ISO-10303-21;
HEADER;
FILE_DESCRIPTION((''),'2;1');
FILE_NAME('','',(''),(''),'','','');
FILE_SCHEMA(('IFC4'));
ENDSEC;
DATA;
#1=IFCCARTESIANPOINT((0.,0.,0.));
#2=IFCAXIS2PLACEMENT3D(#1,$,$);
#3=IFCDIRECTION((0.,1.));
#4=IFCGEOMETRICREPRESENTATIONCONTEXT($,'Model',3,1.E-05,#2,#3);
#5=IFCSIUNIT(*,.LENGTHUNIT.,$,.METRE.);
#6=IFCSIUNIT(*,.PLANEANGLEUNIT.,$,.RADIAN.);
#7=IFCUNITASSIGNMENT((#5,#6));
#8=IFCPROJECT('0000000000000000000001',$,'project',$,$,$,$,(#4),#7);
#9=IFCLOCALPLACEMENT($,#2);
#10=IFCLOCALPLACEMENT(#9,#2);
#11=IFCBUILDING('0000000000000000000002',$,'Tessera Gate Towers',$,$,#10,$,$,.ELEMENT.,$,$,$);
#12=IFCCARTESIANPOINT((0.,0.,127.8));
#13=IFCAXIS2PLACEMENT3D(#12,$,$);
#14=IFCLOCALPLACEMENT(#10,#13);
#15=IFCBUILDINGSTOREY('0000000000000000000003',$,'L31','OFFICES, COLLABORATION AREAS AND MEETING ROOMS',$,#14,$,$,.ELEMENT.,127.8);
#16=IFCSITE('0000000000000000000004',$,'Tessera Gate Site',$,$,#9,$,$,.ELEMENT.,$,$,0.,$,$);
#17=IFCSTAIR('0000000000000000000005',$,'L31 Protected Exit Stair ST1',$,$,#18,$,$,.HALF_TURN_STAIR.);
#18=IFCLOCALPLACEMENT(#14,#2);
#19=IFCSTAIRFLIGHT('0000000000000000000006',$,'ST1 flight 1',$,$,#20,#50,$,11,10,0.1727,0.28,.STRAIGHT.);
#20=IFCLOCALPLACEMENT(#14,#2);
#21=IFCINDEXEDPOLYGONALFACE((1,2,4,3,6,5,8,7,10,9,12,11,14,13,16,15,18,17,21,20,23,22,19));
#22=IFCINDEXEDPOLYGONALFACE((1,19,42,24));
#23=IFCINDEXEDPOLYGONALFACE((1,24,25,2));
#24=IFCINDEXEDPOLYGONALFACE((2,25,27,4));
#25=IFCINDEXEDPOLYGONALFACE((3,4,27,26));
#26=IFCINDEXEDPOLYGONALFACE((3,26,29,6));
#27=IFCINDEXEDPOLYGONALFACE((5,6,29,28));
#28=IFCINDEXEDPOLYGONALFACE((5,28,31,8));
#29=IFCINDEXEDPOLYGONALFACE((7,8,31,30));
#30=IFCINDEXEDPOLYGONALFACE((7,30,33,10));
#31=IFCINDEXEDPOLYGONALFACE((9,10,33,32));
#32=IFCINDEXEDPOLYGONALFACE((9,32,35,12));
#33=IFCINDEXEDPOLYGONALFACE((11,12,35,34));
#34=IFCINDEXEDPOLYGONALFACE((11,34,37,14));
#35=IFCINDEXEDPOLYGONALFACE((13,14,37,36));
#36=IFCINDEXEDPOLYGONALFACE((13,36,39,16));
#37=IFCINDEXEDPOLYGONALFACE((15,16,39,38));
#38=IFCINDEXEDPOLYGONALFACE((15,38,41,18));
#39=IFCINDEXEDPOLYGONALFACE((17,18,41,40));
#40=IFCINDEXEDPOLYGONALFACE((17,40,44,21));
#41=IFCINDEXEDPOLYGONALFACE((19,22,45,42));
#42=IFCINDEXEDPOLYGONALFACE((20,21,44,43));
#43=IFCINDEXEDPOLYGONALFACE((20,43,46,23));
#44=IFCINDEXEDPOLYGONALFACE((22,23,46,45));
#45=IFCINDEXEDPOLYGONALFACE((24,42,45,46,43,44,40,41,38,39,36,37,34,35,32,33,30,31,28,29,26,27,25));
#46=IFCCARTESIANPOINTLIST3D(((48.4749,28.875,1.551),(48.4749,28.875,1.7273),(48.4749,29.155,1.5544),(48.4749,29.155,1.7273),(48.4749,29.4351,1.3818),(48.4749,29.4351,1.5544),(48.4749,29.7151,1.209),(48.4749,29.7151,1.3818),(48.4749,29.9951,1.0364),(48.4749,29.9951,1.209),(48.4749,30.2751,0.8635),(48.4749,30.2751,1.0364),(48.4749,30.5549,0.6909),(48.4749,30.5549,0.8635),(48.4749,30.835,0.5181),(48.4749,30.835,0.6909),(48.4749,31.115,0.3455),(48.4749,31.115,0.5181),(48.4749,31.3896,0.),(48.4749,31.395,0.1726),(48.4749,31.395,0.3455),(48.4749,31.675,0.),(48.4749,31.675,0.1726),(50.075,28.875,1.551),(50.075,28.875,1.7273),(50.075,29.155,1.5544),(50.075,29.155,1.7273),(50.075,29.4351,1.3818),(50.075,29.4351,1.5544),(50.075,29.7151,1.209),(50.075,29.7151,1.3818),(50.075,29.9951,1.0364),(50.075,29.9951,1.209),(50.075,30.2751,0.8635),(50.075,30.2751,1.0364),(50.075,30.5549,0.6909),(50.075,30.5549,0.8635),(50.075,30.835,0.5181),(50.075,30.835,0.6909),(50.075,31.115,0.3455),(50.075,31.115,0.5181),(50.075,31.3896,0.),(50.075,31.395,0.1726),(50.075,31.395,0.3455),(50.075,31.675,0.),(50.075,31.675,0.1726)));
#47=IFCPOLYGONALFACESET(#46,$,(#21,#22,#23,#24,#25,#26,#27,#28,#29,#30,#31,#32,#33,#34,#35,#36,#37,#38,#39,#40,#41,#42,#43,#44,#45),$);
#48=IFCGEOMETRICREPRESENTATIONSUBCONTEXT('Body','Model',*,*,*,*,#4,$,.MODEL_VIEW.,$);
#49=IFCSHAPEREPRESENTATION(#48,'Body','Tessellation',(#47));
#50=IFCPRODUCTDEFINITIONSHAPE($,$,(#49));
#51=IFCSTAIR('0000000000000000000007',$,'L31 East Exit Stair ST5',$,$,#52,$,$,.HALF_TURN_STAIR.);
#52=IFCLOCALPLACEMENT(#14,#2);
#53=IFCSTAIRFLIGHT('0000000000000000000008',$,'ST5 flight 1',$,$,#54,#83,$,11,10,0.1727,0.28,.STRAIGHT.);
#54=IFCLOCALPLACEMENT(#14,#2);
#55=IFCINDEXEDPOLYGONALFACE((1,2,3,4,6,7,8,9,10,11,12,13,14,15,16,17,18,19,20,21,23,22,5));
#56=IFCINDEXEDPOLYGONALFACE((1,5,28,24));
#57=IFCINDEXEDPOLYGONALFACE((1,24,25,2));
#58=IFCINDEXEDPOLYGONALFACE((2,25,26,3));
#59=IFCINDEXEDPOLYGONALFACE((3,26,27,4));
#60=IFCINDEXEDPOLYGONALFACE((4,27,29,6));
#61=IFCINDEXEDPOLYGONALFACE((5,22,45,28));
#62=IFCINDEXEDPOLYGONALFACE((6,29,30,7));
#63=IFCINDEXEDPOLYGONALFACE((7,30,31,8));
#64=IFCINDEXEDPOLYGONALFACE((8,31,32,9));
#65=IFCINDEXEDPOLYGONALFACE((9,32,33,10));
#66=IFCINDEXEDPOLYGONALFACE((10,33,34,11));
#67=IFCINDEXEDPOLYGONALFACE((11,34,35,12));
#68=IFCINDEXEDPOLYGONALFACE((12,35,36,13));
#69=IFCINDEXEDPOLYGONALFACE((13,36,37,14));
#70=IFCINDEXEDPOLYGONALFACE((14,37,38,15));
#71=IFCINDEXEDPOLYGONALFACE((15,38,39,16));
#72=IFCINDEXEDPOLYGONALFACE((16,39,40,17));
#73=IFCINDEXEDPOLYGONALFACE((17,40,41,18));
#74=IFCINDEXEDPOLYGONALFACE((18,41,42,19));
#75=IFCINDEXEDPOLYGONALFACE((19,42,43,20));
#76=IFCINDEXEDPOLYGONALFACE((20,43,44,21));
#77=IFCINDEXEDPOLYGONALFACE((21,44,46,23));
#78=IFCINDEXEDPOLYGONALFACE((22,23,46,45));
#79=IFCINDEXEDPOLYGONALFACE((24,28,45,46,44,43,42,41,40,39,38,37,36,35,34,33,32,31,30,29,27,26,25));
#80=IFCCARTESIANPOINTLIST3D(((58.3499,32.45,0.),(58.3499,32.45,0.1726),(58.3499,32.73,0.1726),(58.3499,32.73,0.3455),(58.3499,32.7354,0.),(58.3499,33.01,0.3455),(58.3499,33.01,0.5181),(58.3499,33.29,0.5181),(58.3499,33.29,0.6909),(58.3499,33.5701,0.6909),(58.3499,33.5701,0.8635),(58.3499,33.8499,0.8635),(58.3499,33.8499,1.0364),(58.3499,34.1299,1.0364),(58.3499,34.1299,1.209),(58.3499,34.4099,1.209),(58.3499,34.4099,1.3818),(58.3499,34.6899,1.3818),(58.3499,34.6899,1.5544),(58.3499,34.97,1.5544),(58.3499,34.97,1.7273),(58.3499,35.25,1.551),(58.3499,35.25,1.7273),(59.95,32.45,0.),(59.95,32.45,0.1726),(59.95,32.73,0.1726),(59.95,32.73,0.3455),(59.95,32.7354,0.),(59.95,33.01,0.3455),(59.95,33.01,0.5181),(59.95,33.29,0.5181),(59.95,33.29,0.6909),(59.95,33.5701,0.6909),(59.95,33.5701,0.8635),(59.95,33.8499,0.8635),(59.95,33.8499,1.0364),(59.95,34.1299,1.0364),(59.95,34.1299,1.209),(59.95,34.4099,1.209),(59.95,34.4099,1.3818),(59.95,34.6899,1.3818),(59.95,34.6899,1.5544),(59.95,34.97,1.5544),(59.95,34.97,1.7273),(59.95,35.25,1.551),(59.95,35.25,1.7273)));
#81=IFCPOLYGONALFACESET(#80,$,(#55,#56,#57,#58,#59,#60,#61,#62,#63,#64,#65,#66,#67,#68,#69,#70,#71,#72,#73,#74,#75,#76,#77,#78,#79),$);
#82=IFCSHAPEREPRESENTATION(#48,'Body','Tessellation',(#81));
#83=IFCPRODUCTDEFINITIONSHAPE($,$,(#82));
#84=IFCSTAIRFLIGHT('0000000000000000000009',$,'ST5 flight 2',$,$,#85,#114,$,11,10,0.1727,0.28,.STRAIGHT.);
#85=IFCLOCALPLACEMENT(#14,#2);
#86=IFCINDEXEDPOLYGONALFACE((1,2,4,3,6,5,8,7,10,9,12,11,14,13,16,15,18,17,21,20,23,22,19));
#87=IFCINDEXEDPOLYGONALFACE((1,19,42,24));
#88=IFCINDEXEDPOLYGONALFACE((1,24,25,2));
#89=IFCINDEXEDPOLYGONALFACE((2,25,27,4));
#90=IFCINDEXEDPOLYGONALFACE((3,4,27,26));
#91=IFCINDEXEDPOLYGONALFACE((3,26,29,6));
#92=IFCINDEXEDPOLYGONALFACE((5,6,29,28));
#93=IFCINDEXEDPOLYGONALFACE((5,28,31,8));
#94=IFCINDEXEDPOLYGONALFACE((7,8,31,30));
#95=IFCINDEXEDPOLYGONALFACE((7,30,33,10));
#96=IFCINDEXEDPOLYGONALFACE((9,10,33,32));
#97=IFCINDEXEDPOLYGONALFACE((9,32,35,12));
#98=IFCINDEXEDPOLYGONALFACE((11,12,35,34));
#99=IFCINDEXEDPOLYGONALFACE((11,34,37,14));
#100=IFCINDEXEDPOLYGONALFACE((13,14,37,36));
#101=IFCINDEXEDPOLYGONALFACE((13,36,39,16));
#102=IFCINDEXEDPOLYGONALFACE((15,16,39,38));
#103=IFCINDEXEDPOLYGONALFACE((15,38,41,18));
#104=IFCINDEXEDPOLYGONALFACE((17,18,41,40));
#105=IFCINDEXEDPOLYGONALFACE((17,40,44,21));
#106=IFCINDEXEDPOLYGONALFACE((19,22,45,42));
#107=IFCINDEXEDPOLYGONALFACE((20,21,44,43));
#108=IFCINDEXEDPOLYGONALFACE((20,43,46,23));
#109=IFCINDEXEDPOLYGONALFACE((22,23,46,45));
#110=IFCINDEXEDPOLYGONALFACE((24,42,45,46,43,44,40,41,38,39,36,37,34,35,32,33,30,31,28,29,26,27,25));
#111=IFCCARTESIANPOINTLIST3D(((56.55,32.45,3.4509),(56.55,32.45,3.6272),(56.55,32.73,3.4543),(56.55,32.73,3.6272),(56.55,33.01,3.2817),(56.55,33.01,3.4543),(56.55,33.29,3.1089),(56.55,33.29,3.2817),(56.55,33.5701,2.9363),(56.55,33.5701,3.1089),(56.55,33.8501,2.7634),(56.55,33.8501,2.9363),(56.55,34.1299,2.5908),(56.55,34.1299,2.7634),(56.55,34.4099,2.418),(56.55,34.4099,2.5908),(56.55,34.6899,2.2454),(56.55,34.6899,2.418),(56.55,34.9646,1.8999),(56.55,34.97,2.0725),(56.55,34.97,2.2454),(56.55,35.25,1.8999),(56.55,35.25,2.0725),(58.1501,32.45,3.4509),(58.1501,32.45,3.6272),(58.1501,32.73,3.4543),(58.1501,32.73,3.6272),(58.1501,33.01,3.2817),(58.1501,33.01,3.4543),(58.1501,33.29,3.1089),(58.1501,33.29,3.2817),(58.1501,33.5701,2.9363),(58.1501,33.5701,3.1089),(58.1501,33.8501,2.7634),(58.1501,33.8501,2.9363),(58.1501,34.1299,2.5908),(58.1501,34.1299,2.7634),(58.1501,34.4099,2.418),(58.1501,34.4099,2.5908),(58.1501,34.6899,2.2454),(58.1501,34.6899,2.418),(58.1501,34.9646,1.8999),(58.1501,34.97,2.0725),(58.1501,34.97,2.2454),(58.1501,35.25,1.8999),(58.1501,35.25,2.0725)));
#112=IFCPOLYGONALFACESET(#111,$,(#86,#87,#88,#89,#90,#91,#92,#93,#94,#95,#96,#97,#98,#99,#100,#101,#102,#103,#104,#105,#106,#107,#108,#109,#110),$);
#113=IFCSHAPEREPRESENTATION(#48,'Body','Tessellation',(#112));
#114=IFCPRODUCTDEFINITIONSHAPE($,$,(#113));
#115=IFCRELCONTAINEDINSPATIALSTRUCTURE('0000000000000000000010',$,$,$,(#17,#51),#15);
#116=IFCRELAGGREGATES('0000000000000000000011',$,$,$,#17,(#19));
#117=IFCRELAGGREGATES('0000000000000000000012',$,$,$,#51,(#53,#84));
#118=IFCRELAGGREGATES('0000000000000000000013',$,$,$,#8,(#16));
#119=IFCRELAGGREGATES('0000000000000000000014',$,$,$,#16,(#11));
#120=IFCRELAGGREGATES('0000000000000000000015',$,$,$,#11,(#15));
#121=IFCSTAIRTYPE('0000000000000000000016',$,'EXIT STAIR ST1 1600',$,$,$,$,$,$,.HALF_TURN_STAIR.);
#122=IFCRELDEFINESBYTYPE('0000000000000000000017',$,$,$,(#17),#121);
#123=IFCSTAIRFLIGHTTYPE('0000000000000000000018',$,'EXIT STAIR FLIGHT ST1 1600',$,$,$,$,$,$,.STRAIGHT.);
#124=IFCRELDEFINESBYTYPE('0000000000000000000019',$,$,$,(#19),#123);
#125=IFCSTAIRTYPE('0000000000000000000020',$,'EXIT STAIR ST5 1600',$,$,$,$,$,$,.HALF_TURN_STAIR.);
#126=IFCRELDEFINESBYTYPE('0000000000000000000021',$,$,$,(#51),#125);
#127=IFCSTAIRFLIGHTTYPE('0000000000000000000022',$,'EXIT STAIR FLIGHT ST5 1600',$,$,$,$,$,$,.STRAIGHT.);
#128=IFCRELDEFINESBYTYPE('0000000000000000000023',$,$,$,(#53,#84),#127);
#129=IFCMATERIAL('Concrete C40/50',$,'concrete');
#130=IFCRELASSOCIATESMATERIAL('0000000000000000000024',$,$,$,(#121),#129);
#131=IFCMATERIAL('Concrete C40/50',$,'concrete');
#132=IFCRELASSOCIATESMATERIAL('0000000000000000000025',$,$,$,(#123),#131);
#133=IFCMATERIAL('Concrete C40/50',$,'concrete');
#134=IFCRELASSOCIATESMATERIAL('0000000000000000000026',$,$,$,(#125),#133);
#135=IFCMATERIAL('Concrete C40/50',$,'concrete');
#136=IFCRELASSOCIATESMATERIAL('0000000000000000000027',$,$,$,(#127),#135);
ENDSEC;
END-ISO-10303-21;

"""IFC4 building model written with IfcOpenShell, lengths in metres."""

from ifc_helpers import new_model, si_unit, direction, frame, origin, place, context, subcontext, project, spatial, polyline, outline, extrude, material, type_object, element, aggregate, save


model = new_model("IFC4")

# Units and contexts
model_context = context("Model", 3, precision=1e-05, world=origin(), true_north=direction((0.0, 1.0)))
body_context = subcontext(model_context, "Body", "Model", "MODEL_VIEW")
ifc_project = project(units=[si_unit("LENGTHUNIT", "METRE"), si_unit("PLANEANGLEUNIT", "RADIAN")], contexts=[model_context])

# Site, building, storey
site_placement = place(None, origin())
site = spatial("IfcSite", under=ifc_project, at=site_placement, Name="Tessera Gate Site", CompositionType="ELEMENT", RefElevation=0.0)
building_placement = place(site_placement, origin())
building = spatial("IfcBuilding", under=site, at=building_placement, Name="Tessera Gate Towers", CompositionType="ELEMENT")
storey_placement = place(building_placement, frame((0.0, 0.0, 127.8)))
storey = spatial("IfcBuildingStorey", under=building, at=storey_placement, Name="L31", Description="OFFICES, COLLABORATION AREAS AND MEETING ROOMS", CompositionType="ELEMENT", Elevation=127.8)

# Stair, stair flight
ifc_material_1 = material(Name="Concrete C40/50", Category="concrete")
stair_type_1 = type_object("IfcStairType", Name="EXIT STAIR ST1 1600", PredefinedType="HALF_TURN_STAIR", material=ifc_material_1)
stair_1_placement = place(storey_placement, origin())
stair_1 = element("IfcStair", 1, at=stair_1_placement, inside=storey, type_object=stair_type_1, Name="L31 Protected Exit Stair ST1", PredefinedType="HALF_TURN_STAIR")
ifc_material_2 = material(Name="Concrete C40/50", Category="concrete")
stair_flight_type_1 = type_object("IfcStairFlightType", Name="EXIT STAIR FLIGHT ST1 1600", PredefinedType="STRAIGHT", material=ifc_material_2)
stair_flight_1_placement = place(storey_placement, frame((49.2749, 31.675, 0.0), z_axis=(0.0, 0.0, 1.0), x_axis=(0.0, -1.0, 0.0)))
stair_flight_1 = element("IfcStairFlight", 2, at=stair_flight_1_placement, type_object=stair_flight_type_1, Name="ST1 flight 1", NumberOfRisers=11, NumberOfTreads=10, PredefinedType="STRAIGHT", RiserHeight=0.1727, TreadLength=0.28, context=body_context, shape_type="SweptSolid", body=[
    extrude(outline(polyline([(0.0, 0.0), (0.0, 0.1726), (0.28, 0.1726), (0.28, 0.3455), (0.5601, 0.3455), (0.5601, 0.5181), (0.8401, 0.5181), (0.8401, 0.6909), (1.1201, 0.6909), (1.1201, 0.8635), (1.3999, 0.8635), (1.3999, 1.0364), (1.6799, 1.0364), (1.6799, 1.209), (1.96, 1.209), (1.96, 1.3818), (2.24, 1.3818), (2.24, 1.5544), (2.52, 1.5544), (2.52, 1.7273), (2.8, 1.7273), (2.8, 1.8999), (2.8, 1.551), (0.2854, 0.0), (0.0, 0.0)])), frame((0.0, 0.8, 0.0), z_axis=(0.0, -1.0, 0.0), x_axis=(1.0, 0.0, 0.0)), (0.0, 0.0, 1.0), 1.6001),
])
aggregate(stair_1, [stair_flight_1])

# Stair, stair flights
ifc_material_3 = material(Name="Concrete C40/50", Category="concrete")
stair_type_2 = type_object("IfcStairType", Name="EXIT STAIR ST5 1600", PredefinedType="HALF_TURN_STAIR", material=ifc_material_3)
stair_2_placement = place(storey_placement, origin())
stair_2 = element("IfcStair", 3, at=stair_2_placement, inside=storey, type_object=stair_type_2, Name="L31 East Exit Stair ST5", PredefinedType="HALF_TURN_STAIR")
ifc_material_4 = material(Name="Concrete C40/50", Category="concrete")
stair_flight_type_2 = type_object("IfcStairFlightType", Name="EXIT STAIR FLIGHT ST5 1600", PredefinedType="STRAIGHT", material=ifc_material_4)
stair_flight_2_placement = place(storey_placement, frame((59.1499, 32.45, 0.0), z_axis=(0.0, 0.0, 1.0), x_axis=(0.0, 1.0, 0.0)))
stair_flight_2 = element("IfcStairFlight", 4, at=stair_flight_2_placement, type_object=stair_flight_type_2, Name="ST5 flight 1", NumberOfRisers=11, NumberOfTreads=10, PredefinedType="STRAIGHT", RiserHeight=0.1727, TreadLength=0.28, context=body_context, shape_type="SweptSolid", body=[
    extrude(outline(polyline([(0.0, 0.0), (0.0, 0.1726), (0.28, 0.1726), (0.28, 0.3455), (0.5601, 0.3455), (0.5601, 0.5181), (0.8401, 0.5181), (0.8401, 0.6909), (1.1201, 0.6909), (1.1201, 0.8635), (1.3999, 0.8635), (1.3999, 1.0364), (1.6799, 1.0364), (1.6799, 1.209), (1.96, 1.209), (1.96, 1.3818), (2.24, 1.3818), (2.24, 1.5544), (2.52, 1.5544), (2.52, 1.7273), (2.8, 1.7273), (2.8, 1.8999), (2.8, 1.551), (0.2854, 0.0), (0.0, 0.0)])), frame((0.0, 0.8, 0.0), z_axis=(0.0, -1.0, 0.0), x_axis=(1.0, 0.0, 0.0)), (0.0, 0.0, 1.0), 1.6001),
])
stair_flight_3_placement = place(storey_placement, frame((57.3501, 35.25, 1.8999), z_axis=(0.0, 0.0, 1.0), x_axis=(0.0, -1.0, 0.0)))
stair_flight_3 = element("IfcStairFlight", 5, at=stair_flight_3_placement, type_object=stair_flight_type_2, Name="ST5 flight 2", NumberOfRisers=11, NumberOfTreads=10, PredefinedType="STRAIGHT", RiserHeight=0.1727, TreadLength=0.28, context=body_context, shape_type="SweptSolid", body=[
    extrude(outline(polyline([(0.0, 0.0), (0.0, 0.1726), (0.28, 0.1726), (0.28, 0.3455), (0.5601, 0.3455), (0.5601, 0.5181), (0.8401, 0.5181), (0.8401, 0.6909), (1.1201, 0.6909), (1.1201, 0.8635), (1.3999, 0.8635), (1.3999, 1.0364), (1.6799, 1.0364), (1.6799, 1.209), (1.96, 1.209), (1.96, 1.3818), (2.24, 1.3818), (2.24, 1.5544), (2.52, 1.5544), (2.52, 1.7273), (2.8, 1.7273), (2.8, 1.8999), (2.8, 1.551), (0.2854, 0.0), (0.0, 0.0)])), frame((0.0, 0.8, 0.0), z_axis=(0.0, -1.0, 0.0), x_axis=(1.0, 0.0, 0.0)), (0.0, 0.0, 1.0), 1.6001),
])
aggregate(stair_2, [stair_flight_2, stair_flight_3])

save(model, "model.ifc")
